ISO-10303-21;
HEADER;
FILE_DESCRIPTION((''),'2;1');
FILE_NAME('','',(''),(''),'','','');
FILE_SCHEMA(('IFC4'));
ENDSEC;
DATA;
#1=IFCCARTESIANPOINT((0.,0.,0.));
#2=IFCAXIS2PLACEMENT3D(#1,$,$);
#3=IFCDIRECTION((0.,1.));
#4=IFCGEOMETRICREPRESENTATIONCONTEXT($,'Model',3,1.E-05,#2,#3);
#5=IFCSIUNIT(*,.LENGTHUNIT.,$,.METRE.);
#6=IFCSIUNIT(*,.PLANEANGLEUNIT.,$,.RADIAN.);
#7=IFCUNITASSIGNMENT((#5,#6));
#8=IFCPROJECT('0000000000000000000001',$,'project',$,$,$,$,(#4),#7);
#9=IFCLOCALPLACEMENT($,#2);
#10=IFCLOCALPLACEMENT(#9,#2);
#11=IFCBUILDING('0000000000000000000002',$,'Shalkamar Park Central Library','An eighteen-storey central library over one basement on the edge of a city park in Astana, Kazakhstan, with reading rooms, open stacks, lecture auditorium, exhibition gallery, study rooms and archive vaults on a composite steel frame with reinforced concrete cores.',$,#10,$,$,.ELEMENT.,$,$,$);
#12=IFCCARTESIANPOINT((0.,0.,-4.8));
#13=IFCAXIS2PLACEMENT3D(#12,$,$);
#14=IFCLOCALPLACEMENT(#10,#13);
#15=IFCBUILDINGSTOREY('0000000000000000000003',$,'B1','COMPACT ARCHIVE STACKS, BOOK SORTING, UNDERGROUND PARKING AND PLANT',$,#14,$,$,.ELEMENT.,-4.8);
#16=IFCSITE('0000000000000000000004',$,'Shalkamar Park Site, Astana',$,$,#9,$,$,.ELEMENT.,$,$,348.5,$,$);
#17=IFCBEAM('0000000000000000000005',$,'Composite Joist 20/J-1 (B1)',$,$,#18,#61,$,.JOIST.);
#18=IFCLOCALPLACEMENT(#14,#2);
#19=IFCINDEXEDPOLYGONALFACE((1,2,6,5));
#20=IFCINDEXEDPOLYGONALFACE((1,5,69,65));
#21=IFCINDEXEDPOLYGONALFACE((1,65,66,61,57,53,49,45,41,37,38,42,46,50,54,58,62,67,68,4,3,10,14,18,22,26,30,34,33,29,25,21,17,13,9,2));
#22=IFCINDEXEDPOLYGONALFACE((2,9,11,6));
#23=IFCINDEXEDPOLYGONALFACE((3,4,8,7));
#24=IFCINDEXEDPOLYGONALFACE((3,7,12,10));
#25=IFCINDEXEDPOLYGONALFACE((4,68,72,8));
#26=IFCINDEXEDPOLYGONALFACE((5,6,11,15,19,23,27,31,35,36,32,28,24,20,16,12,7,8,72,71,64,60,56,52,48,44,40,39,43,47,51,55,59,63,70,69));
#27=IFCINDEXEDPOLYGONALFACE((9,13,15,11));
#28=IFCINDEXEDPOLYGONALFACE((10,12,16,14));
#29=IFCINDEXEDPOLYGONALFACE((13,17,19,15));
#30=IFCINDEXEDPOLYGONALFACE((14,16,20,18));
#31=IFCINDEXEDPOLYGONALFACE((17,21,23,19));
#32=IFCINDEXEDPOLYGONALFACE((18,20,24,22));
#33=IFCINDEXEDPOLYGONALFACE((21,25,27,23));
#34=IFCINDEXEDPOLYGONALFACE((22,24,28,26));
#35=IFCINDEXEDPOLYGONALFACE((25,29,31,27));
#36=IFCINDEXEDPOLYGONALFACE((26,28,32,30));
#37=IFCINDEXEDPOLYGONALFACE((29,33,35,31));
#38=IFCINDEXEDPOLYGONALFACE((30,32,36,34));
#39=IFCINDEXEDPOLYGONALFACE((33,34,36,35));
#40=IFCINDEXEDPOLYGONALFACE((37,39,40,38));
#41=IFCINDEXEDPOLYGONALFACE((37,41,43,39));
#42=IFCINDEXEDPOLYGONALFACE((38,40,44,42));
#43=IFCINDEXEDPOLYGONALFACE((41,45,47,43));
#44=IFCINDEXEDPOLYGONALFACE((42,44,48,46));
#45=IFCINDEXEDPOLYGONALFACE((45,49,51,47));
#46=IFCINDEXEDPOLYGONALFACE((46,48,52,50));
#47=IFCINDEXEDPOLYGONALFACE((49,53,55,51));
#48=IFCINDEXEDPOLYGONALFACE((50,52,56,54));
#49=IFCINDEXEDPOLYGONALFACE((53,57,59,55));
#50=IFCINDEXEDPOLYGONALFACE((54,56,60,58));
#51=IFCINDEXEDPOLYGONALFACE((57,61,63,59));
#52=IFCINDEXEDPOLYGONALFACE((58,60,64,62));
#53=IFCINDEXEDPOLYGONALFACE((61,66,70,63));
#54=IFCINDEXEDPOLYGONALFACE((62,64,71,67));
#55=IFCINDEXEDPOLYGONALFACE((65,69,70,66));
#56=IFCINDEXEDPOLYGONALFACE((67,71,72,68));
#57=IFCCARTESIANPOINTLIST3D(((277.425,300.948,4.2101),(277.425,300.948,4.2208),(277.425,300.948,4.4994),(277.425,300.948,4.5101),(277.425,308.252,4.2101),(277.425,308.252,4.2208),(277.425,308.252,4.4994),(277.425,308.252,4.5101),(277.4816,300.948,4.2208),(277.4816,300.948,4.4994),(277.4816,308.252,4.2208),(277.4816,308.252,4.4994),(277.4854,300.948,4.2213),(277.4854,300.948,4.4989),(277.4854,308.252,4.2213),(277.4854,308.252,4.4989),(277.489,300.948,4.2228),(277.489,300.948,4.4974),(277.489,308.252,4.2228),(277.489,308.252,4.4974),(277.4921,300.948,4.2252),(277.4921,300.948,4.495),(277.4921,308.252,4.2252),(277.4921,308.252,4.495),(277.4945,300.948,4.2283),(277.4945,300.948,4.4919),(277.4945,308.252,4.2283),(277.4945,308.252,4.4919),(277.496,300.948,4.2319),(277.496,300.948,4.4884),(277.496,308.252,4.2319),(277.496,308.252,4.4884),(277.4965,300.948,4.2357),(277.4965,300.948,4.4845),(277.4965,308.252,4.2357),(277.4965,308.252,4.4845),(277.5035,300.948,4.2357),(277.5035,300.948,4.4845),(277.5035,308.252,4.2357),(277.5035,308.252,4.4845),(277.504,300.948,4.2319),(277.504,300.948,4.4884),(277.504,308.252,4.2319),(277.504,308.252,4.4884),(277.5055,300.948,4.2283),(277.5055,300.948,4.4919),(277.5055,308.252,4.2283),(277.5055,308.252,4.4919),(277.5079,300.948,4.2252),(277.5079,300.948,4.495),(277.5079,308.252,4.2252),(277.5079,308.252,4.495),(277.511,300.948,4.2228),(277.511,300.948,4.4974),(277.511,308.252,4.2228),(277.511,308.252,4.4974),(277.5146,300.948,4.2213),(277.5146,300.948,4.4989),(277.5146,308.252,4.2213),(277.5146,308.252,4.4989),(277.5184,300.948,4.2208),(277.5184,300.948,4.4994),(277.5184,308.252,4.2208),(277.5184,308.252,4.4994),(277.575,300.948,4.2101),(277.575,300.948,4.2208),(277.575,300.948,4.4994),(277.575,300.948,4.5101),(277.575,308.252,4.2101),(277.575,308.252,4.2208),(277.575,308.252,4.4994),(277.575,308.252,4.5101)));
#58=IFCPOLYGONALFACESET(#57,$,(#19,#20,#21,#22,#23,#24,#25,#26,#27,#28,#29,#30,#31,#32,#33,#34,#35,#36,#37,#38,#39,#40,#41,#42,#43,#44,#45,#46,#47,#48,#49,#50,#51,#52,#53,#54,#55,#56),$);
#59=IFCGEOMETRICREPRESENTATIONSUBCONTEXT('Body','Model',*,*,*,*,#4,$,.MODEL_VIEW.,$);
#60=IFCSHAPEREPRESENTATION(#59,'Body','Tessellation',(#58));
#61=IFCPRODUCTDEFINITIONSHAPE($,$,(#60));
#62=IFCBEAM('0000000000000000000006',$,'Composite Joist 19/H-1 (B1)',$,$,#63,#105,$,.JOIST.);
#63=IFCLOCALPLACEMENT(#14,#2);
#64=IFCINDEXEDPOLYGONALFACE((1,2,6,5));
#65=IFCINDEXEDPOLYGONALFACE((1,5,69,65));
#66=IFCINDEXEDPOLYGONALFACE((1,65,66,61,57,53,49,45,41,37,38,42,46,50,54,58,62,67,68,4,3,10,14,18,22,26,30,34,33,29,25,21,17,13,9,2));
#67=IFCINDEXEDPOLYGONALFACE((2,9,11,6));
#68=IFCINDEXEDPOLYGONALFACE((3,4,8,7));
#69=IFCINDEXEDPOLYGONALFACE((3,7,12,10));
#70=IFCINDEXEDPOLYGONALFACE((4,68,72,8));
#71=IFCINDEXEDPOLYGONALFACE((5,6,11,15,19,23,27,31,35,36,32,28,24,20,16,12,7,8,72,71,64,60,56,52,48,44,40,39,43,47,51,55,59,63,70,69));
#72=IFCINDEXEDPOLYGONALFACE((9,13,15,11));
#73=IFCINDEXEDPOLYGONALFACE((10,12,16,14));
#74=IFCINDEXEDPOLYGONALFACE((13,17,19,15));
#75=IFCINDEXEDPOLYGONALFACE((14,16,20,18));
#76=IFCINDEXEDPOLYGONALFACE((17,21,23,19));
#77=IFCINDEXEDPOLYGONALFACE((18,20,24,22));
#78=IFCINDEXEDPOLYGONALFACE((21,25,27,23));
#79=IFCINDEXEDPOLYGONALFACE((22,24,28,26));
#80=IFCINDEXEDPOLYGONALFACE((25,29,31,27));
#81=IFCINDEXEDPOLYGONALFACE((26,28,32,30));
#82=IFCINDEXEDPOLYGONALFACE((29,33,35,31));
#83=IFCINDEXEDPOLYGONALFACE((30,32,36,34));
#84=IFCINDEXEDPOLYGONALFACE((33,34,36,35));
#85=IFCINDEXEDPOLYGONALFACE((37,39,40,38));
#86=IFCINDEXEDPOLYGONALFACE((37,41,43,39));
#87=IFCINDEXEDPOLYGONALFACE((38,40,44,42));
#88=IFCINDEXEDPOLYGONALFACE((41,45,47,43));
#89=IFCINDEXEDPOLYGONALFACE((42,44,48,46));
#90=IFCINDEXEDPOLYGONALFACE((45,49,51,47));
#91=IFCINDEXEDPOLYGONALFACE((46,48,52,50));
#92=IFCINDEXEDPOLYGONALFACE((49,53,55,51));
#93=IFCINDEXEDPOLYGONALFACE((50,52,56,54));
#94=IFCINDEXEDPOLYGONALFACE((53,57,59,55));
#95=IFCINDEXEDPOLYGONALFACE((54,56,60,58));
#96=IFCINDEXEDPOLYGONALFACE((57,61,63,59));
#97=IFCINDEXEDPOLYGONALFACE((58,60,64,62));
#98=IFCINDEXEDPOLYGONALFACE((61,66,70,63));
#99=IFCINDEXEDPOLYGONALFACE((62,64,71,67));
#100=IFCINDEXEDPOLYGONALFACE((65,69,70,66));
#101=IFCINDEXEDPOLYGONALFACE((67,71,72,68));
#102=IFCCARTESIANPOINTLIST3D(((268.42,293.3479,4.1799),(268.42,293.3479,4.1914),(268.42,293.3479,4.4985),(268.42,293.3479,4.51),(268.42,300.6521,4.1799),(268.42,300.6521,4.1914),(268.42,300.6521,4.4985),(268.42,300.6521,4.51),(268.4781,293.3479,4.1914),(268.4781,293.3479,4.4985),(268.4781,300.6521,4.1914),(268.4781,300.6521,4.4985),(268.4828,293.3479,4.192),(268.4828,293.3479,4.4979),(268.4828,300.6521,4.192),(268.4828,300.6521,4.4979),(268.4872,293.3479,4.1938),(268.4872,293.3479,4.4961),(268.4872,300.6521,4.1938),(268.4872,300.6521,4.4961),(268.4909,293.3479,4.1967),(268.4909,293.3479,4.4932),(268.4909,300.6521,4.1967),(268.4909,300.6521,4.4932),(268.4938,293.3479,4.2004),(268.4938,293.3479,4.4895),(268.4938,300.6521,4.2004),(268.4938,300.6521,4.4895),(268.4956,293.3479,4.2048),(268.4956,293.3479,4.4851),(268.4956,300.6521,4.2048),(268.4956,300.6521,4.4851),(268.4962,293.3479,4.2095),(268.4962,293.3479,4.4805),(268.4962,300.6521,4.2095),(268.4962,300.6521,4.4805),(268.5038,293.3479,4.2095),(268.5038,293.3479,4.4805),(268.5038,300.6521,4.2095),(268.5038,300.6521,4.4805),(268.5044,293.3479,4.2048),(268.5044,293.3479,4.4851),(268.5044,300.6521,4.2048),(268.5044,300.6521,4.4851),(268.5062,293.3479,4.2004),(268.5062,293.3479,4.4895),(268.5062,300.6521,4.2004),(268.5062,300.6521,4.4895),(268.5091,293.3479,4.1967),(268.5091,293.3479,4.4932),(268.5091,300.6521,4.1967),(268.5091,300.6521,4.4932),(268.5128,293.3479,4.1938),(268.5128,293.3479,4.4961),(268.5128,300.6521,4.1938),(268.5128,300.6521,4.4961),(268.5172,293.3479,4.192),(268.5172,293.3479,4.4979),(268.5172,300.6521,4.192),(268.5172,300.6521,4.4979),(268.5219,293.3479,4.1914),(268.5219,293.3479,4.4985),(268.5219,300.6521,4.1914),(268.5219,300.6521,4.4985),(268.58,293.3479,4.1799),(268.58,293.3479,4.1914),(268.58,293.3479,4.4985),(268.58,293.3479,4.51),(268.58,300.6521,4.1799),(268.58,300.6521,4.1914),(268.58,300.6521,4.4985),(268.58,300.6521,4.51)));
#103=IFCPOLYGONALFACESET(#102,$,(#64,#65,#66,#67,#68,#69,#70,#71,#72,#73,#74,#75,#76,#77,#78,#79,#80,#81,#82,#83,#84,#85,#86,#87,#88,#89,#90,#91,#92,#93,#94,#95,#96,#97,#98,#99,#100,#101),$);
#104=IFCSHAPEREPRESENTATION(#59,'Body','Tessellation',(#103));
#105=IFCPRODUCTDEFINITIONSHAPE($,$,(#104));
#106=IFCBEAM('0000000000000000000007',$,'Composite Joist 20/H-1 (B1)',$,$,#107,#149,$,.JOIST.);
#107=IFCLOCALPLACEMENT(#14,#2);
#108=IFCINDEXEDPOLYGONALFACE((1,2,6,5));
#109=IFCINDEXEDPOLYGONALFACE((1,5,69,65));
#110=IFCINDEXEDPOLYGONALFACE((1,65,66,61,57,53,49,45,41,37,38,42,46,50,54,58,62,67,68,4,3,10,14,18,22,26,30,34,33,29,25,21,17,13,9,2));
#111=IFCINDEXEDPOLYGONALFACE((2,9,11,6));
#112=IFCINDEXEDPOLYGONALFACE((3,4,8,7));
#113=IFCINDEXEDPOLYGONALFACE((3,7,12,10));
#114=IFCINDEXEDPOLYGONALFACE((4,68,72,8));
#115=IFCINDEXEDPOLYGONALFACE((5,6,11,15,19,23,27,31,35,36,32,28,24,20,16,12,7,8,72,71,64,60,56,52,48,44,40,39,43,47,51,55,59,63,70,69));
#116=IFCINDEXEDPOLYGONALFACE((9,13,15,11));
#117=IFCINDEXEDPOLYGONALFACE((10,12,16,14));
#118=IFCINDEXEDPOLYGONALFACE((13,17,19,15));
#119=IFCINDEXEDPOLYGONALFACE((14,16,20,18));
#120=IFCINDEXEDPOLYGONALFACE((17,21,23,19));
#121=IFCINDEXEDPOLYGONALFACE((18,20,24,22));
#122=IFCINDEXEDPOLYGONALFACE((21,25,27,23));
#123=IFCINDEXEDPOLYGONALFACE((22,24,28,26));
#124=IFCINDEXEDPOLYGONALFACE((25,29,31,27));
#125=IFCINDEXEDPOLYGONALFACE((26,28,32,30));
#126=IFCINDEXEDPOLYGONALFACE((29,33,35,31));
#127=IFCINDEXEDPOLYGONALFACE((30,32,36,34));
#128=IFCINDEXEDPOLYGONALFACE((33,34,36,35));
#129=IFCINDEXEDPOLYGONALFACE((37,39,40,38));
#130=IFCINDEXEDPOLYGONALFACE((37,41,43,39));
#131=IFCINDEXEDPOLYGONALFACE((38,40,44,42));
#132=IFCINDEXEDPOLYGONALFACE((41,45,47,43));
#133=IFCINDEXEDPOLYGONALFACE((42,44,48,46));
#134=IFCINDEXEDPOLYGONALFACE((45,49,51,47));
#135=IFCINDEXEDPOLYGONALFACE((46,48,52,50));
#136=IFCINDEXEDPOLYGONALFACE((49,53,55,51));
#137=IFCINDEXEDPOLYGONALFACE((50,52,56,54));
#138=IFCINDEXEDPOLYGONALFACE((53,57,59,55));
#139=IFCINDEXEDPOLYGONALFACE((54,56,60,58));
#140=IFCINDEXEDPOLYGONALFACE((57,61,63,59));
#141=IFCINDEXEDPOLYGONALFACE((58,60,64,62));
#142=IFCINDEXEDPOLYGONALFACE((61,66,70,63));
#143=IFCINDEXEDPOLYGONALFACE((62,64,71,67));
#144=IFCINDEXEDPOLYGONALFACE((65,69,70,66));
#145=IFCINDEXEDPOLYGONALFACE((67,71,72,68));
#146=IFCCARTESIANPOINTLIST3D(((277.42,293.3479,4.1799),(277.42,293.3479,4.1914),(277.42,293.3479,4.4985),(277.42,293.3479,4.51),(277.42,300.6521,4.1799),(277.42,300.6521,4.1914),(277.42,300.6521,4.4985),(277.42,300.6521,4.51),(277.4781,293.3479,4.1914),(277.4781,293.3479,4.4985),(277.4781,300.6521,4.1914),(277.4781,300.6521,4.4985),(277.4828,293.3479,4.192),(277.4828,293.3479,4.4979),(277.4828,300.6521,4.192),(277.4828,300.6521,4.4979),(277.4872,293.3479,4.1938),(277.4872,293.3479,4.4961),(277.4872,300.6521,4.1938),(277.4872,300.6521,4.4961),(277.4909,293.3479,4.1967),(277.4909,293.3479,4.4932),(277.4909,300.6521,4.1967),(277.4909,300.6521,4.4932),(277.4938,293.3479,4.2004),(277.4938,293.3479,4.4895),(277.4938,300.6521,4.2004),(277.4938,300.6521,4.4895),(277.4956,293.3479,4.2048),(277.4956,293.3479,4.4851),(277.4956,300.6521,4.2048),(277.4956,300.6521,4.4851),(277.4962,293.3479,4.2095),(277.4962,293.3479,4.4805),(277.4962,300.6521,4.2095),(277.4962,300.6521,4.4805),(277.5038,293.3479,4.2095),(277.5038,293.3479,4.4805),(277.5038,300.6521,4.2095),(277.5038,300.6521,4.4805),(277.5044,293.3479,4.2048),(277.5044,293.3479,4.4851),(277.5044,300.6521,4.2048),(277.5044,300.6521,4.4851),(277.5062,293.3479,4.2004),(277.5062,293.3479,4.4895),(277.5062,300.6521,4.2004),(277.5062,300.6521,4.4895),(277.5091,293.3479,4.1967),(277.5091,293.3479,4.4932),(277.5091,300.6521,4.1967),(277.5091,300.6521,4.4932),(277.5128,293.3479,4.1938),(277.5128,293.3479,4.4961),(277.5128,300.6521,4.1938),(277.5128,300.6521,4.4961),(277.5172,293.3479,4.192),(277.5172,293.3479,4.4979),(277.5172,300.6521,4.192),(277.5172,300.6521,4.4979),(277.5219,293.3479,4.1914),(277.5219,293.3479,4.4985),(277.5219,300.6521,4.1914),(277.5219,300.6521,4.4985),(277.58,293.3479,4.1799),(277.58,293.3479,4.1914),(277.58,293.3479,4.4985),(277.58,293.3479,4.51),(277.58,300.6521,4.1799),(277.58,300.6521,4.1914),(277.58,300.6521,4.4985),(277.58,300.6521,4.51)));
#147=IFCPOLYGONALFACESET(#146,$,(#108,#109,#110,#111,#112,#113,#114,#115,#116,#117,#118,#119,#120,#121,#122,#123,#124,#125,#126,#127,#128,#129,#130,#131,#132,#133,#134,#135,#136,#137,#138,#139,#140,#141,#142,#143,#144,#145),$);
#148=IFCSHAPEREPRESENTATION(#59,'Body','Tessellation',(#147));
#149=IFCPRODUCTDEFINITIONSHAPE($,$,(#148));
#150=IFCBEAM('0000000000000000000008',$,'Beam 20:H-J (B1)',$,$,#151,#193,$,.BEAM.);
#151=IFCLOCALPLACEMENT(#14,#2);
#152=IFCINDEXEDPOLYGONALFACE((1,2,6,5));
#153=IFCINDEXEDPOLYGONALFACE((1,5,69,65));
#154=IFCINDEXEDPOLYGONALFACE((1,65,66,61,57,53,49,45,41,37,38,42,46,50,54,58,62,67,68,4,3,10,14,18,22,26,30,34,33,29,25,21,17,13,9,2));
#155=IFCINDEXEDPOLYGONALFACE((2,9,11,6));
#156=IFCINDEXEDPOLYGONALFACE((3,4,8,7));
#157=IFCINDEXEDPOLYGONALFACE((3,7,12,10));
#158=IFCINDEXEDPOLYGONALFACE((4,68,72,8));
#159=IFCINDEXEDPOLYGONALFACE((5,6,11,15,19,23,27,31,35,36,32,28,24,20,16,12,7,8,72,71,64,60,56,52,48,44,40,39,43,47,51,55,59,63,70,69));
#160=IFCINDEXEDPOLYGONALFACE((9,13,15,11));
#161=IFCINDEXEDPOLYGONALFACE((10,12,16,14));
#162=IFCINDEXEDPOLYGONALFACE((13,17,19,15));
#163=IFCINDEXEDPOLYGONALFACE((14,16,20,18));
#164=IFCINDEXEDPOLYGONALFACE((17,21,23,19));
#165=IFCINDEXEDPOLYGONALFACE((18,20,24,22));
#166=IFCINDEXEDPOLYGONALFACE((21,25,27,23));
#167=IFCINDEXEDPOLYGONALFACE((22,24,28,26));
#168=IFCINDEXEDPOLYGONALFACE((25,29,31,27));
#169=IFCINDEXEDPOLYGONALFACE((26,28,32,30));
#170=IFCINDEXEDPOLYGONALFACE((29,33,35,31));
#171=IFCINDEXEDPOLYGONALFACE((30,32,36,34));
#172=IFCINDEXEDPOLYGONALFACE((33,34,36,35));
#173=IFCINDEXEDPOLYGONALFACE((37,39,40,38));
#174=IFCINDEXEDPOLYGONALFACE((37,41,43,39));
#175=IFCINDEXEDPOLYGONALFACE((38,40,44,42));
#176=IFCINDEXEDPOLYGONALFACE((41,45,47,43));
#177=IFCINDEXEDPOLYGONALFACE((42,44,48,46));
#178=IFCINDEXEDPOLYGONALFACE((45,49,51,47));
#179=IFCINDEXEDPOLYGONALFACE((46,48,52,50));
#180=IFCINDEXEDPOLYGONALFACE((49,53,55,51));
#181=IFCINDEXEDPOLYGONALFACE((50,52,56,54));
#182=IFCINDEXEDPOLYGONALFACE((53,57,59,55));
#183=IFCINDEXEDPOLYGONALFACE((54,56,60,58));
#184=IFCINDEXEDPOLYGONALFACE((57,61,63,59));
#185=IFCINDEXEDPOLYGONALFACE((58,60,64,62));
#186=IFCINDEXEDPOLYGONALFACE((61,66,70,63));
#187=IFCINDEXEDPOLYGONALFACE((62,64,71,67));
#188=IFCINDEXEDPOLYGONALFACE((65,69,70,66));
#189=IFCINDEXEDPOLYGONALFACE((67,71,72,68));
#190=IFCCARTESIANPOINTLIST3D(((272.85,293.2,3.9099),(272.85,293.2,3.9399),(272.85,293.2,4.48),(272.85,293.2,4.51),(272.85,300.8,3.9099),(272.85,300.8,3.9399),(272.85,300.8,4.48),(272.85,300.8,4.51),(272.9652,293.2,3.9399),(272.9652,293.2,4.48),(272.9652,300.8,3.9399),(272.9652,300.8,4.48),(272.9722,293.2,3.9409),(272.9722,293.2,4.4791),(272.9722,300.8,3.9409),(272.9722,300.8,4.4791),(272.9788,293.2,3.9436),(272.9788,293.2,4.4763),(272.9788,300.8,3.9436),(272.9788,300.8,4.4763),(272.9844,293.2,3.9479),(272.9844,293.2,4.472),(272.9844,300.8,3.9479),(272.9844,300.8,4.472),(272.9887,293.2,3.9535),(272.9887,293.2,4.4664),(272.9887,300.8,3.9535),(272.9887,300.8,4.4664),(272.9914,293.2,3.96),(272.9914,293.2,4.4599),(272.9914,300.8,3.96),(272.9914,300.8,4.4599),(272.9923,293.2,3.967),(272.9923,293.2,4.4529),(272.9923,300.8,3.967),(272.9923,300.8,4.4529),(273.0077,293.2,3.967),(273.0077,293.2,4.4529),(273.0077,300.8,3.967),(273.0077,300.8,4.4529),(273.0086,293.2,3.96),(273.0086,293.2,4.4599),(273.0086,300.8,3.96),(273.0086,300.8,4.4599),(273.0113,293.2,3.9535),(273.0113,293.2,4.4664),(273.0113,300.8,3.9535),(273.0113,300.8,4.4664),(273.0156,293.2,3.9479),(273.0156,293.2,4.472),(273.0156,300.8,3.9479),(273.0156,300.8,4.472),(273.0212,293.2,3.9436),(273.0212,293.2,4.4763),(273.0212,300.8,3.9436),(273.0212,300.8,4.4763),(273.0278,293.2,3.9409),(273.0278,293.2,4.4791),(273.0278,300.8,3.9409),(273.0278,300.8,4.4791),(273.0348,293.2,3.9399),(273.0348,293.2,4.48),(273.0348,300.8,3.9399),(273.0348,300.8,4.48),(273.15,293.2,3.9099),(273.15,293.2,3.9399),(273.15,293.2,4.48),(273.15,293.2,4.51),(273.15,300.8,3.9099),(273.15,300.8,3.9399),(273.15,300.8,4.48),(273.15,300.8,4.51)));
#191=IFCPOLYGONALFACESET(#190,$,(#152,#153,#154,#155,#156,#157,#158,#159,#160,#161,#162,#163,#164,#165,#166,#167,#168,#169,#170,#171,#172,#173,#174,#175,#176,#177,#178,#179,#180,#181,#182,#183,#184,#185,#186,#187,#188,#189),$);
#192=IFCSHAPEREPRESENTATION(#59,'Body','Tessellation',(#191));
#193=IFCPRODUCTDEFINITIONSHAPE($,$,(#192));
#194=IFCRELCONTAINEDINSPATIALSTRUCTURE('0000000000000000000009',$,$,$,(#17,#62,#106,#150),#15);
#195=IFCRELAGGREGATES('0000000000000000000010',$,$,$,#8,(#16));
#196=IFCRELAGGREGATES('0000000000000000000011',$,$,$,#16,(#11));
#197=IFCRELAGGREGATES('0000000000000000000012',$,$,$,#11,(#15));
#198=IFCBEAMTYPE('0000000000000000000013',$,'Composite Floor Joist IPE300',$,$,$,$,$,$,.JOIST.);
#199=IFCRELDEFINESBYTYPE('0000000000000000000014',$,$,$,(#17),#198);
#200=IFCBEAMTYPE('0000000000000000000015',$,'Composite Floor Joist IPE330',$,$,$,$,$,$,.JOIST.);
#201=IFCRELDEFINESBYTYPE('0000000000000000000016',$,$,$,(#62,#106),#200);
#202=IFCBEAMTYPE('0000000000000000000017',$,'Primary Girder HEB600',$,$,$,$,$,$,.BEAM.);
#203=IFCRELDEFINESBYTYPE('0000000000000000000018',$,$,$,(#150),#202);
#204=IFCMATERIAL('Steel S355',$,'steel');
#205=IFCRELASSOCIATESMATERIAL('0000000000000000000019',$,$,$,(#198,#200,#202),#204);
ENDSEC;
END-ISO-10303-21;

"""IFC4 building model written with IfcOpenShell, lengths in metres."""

from ifc_helpers import new_model, si_unit, direction, frame, origin, origin_2d, place, context, subcontext, project, spatial, i_section, extrude, material, material_profile, profile_set, type_object, element, save


model = new_model("IFC4")

# Units and contexts
model_context = context("Model", 3, precision=1e-05, world=origin(), true_north=direction((0.0, 1.0)))
body_context = subcontext(model_context, "Body", "Model", "MODEL_VIEW")
ifc_project = project(units=[si_unit("LENGTHUNIT", "METRE"), si_unit("PLANEANGLEUNIT", "RADIAN")], contexts=[model_context])

# Site, building, storey
site_placement = place(None, origin())
site = spatial("IfcSite", under=ifc_project, at=site_placement, Name="Shalkamar Park Site, Astana", CompositionType="ELEMENT", RefElevation=348.5)
building_placement = place(site_placement, origin())
building = spatial("IfcBuilding", under=site, at=building_placement, Name="Shalkamar Park Central Library", Description="An eighteen-storey central library over one basement on the edge of a city park in Astana, Kazakhstan, with reading rooms, open stacks, lecture auditorium, exhibition gallery, study rooms and archive vaults on a composite steel frame with reinforced concrete cores.", CompositionType="ELEMENT")
storey_placement = place(building_placement, frame((0.0, 0.0, -4.8)))
storey = spatial("IfcBuildingStorey", under=building, at=storey_placement, Name="B1", Description="COMPACT ARCHIVE STACKS, BOOK SORTING, UNDERGROUND PARKING AND PLANT", CompositionType="ELEMENT", Elevation=-4.8)

# Shared definitions
ifc_material_1 = material(Name="Steel S355", Category="steel")

# Beams
ifc_material_profile_1 = material_profile(ifc_material_1, i_section(OverallWidth=0.1499, OverallDepth=0.3, WebThickness=0.0071, FlangeThickness=0.0107, FilletRadius=0.0149, at=origin_2d()), Name="IPE 300")
ifc_profile_set_1 = profile_set([ifc_material_profile_1], Name="Steel S355")
beam_type_1 = type_object("IfcBeamType", Name="Composite Floor Joist IPE300", PredefinedType="JOIST", material=ifc_profile_set_1)
for number, where, z_axis, x_axis, name in (
    (1, (277.5, 300.948, 4.3601), (0.0, 1.0, 0.0), (-1.0, 0.0, 0.0), "Composite Joist 20/J-1 (B1)"),
):
    element("IfcBeam", number, at=place(storey_placement, frame(where, z_axis=z_axis, x_axis=x_axis)), inside=storey, type_object=beam_type_1, Name=name, PredefinedType="JOIST", context=body_context, shape_type="SweptSolid", body=[
        extrude(i_section(OverallWidth=0.1499, OverallDepth=0.3, WebThickness=0.0071, FlangeThickness=0.0107, FilletRadius=0.0149, at=origin_2d()), origin(), (0.0, 0.0, 1.0), 7.304),
    ])
ifc_material_profile_2 = material_profile(ifc_material_1, i_section(OverallWidth=0.1599, OverallDepth=0.3301, WebThickness=0.0076, FlangeThickness=0.0115, FilletRadius=0.0181, at=origin_2d()), Name="IPE 330")
ifc_profile_set_2 = profile_set([ifc_material_profile_2], Name="Steel S355")
beam_type_2 = type_object("IfcBeamType", Name="Composite Floor Joist IPE330", PredefinedType="JOIST", material=ifc_profile_set_2)
for number, where, z_axis, x_axis, name in (
    (2, (268.5, 293.3479, 4.345), (0.0, 1.0, 0.0), (-1.0, 0.0, 0.0), "Composite Joist 19/H-1 (B1)"),
    (3, (277.5, 293.3479, 4.345), (0.0, 1.0, 0.0), (-1.0, 0.0, 0.0), "Composite Joist 20/H-1 (B1)"),
):
    element("IfcBeam", number, at=place(storey_placement, frame(where, z_axis=z_axis, x_axis=x_axis)), inside=storey, type_object=beam_type_2, Name=name, PredefinedType="JOIST", context=body_context, shape_type="SweptSolid", body=[
        extrude(i_section(OverallWidth=0.1599, OverallDepth=0.3301, WebThickness=0.0076, FlangeThickness=0.0115, FilletRadius=0.0181, at=origin_2d()), origin(), (0.0, 0.0, 1.0), 7.3042),
    ])
ifc_material_profile_3 = material_profile(ifc_material_1, i_section(OverallWidth=0.3, OverallDepth=0.6001, WebThickness=0.0154, FlangeThickness=0.03, FilletRadius=0.0271, at=origin_2d()), Name="HEB 600")
ifc_profile_set_3 = profile_set([ifc_material_profile_3], Name="Steel S355")
beam_type_3 = type_object("IfcBeamType", Name="Primary Girder HEB600", PredefinedType="BEAM", material=ifc_profile_set_3)
beam_1_placement = place(storey_placement, frame((273.0, 293.2, 4.21), z_axis=(0.0, 1.0, 0.0), x_axis=(-1.0, 0.0, 0.0)))
element("IfcBeam", 4, at=beam_1_placement, inside=storey, type_object=beam_type_3, Name="Beam 20:H-J (B1)", PredefinedType="BEAM", context=body_context, shape_type="SweptSolid", body=[
    extrude(i_section(OverallWidth=0.3, OverallDepth=0.6001, WebThickness=0.0154, FlangeThickness=0.03, FilletRadius=0.0271, at=origin_2d()), origin(), (0.0, 0.0, 1.0), 7.6001),
])

save(model, "model.ifc")
